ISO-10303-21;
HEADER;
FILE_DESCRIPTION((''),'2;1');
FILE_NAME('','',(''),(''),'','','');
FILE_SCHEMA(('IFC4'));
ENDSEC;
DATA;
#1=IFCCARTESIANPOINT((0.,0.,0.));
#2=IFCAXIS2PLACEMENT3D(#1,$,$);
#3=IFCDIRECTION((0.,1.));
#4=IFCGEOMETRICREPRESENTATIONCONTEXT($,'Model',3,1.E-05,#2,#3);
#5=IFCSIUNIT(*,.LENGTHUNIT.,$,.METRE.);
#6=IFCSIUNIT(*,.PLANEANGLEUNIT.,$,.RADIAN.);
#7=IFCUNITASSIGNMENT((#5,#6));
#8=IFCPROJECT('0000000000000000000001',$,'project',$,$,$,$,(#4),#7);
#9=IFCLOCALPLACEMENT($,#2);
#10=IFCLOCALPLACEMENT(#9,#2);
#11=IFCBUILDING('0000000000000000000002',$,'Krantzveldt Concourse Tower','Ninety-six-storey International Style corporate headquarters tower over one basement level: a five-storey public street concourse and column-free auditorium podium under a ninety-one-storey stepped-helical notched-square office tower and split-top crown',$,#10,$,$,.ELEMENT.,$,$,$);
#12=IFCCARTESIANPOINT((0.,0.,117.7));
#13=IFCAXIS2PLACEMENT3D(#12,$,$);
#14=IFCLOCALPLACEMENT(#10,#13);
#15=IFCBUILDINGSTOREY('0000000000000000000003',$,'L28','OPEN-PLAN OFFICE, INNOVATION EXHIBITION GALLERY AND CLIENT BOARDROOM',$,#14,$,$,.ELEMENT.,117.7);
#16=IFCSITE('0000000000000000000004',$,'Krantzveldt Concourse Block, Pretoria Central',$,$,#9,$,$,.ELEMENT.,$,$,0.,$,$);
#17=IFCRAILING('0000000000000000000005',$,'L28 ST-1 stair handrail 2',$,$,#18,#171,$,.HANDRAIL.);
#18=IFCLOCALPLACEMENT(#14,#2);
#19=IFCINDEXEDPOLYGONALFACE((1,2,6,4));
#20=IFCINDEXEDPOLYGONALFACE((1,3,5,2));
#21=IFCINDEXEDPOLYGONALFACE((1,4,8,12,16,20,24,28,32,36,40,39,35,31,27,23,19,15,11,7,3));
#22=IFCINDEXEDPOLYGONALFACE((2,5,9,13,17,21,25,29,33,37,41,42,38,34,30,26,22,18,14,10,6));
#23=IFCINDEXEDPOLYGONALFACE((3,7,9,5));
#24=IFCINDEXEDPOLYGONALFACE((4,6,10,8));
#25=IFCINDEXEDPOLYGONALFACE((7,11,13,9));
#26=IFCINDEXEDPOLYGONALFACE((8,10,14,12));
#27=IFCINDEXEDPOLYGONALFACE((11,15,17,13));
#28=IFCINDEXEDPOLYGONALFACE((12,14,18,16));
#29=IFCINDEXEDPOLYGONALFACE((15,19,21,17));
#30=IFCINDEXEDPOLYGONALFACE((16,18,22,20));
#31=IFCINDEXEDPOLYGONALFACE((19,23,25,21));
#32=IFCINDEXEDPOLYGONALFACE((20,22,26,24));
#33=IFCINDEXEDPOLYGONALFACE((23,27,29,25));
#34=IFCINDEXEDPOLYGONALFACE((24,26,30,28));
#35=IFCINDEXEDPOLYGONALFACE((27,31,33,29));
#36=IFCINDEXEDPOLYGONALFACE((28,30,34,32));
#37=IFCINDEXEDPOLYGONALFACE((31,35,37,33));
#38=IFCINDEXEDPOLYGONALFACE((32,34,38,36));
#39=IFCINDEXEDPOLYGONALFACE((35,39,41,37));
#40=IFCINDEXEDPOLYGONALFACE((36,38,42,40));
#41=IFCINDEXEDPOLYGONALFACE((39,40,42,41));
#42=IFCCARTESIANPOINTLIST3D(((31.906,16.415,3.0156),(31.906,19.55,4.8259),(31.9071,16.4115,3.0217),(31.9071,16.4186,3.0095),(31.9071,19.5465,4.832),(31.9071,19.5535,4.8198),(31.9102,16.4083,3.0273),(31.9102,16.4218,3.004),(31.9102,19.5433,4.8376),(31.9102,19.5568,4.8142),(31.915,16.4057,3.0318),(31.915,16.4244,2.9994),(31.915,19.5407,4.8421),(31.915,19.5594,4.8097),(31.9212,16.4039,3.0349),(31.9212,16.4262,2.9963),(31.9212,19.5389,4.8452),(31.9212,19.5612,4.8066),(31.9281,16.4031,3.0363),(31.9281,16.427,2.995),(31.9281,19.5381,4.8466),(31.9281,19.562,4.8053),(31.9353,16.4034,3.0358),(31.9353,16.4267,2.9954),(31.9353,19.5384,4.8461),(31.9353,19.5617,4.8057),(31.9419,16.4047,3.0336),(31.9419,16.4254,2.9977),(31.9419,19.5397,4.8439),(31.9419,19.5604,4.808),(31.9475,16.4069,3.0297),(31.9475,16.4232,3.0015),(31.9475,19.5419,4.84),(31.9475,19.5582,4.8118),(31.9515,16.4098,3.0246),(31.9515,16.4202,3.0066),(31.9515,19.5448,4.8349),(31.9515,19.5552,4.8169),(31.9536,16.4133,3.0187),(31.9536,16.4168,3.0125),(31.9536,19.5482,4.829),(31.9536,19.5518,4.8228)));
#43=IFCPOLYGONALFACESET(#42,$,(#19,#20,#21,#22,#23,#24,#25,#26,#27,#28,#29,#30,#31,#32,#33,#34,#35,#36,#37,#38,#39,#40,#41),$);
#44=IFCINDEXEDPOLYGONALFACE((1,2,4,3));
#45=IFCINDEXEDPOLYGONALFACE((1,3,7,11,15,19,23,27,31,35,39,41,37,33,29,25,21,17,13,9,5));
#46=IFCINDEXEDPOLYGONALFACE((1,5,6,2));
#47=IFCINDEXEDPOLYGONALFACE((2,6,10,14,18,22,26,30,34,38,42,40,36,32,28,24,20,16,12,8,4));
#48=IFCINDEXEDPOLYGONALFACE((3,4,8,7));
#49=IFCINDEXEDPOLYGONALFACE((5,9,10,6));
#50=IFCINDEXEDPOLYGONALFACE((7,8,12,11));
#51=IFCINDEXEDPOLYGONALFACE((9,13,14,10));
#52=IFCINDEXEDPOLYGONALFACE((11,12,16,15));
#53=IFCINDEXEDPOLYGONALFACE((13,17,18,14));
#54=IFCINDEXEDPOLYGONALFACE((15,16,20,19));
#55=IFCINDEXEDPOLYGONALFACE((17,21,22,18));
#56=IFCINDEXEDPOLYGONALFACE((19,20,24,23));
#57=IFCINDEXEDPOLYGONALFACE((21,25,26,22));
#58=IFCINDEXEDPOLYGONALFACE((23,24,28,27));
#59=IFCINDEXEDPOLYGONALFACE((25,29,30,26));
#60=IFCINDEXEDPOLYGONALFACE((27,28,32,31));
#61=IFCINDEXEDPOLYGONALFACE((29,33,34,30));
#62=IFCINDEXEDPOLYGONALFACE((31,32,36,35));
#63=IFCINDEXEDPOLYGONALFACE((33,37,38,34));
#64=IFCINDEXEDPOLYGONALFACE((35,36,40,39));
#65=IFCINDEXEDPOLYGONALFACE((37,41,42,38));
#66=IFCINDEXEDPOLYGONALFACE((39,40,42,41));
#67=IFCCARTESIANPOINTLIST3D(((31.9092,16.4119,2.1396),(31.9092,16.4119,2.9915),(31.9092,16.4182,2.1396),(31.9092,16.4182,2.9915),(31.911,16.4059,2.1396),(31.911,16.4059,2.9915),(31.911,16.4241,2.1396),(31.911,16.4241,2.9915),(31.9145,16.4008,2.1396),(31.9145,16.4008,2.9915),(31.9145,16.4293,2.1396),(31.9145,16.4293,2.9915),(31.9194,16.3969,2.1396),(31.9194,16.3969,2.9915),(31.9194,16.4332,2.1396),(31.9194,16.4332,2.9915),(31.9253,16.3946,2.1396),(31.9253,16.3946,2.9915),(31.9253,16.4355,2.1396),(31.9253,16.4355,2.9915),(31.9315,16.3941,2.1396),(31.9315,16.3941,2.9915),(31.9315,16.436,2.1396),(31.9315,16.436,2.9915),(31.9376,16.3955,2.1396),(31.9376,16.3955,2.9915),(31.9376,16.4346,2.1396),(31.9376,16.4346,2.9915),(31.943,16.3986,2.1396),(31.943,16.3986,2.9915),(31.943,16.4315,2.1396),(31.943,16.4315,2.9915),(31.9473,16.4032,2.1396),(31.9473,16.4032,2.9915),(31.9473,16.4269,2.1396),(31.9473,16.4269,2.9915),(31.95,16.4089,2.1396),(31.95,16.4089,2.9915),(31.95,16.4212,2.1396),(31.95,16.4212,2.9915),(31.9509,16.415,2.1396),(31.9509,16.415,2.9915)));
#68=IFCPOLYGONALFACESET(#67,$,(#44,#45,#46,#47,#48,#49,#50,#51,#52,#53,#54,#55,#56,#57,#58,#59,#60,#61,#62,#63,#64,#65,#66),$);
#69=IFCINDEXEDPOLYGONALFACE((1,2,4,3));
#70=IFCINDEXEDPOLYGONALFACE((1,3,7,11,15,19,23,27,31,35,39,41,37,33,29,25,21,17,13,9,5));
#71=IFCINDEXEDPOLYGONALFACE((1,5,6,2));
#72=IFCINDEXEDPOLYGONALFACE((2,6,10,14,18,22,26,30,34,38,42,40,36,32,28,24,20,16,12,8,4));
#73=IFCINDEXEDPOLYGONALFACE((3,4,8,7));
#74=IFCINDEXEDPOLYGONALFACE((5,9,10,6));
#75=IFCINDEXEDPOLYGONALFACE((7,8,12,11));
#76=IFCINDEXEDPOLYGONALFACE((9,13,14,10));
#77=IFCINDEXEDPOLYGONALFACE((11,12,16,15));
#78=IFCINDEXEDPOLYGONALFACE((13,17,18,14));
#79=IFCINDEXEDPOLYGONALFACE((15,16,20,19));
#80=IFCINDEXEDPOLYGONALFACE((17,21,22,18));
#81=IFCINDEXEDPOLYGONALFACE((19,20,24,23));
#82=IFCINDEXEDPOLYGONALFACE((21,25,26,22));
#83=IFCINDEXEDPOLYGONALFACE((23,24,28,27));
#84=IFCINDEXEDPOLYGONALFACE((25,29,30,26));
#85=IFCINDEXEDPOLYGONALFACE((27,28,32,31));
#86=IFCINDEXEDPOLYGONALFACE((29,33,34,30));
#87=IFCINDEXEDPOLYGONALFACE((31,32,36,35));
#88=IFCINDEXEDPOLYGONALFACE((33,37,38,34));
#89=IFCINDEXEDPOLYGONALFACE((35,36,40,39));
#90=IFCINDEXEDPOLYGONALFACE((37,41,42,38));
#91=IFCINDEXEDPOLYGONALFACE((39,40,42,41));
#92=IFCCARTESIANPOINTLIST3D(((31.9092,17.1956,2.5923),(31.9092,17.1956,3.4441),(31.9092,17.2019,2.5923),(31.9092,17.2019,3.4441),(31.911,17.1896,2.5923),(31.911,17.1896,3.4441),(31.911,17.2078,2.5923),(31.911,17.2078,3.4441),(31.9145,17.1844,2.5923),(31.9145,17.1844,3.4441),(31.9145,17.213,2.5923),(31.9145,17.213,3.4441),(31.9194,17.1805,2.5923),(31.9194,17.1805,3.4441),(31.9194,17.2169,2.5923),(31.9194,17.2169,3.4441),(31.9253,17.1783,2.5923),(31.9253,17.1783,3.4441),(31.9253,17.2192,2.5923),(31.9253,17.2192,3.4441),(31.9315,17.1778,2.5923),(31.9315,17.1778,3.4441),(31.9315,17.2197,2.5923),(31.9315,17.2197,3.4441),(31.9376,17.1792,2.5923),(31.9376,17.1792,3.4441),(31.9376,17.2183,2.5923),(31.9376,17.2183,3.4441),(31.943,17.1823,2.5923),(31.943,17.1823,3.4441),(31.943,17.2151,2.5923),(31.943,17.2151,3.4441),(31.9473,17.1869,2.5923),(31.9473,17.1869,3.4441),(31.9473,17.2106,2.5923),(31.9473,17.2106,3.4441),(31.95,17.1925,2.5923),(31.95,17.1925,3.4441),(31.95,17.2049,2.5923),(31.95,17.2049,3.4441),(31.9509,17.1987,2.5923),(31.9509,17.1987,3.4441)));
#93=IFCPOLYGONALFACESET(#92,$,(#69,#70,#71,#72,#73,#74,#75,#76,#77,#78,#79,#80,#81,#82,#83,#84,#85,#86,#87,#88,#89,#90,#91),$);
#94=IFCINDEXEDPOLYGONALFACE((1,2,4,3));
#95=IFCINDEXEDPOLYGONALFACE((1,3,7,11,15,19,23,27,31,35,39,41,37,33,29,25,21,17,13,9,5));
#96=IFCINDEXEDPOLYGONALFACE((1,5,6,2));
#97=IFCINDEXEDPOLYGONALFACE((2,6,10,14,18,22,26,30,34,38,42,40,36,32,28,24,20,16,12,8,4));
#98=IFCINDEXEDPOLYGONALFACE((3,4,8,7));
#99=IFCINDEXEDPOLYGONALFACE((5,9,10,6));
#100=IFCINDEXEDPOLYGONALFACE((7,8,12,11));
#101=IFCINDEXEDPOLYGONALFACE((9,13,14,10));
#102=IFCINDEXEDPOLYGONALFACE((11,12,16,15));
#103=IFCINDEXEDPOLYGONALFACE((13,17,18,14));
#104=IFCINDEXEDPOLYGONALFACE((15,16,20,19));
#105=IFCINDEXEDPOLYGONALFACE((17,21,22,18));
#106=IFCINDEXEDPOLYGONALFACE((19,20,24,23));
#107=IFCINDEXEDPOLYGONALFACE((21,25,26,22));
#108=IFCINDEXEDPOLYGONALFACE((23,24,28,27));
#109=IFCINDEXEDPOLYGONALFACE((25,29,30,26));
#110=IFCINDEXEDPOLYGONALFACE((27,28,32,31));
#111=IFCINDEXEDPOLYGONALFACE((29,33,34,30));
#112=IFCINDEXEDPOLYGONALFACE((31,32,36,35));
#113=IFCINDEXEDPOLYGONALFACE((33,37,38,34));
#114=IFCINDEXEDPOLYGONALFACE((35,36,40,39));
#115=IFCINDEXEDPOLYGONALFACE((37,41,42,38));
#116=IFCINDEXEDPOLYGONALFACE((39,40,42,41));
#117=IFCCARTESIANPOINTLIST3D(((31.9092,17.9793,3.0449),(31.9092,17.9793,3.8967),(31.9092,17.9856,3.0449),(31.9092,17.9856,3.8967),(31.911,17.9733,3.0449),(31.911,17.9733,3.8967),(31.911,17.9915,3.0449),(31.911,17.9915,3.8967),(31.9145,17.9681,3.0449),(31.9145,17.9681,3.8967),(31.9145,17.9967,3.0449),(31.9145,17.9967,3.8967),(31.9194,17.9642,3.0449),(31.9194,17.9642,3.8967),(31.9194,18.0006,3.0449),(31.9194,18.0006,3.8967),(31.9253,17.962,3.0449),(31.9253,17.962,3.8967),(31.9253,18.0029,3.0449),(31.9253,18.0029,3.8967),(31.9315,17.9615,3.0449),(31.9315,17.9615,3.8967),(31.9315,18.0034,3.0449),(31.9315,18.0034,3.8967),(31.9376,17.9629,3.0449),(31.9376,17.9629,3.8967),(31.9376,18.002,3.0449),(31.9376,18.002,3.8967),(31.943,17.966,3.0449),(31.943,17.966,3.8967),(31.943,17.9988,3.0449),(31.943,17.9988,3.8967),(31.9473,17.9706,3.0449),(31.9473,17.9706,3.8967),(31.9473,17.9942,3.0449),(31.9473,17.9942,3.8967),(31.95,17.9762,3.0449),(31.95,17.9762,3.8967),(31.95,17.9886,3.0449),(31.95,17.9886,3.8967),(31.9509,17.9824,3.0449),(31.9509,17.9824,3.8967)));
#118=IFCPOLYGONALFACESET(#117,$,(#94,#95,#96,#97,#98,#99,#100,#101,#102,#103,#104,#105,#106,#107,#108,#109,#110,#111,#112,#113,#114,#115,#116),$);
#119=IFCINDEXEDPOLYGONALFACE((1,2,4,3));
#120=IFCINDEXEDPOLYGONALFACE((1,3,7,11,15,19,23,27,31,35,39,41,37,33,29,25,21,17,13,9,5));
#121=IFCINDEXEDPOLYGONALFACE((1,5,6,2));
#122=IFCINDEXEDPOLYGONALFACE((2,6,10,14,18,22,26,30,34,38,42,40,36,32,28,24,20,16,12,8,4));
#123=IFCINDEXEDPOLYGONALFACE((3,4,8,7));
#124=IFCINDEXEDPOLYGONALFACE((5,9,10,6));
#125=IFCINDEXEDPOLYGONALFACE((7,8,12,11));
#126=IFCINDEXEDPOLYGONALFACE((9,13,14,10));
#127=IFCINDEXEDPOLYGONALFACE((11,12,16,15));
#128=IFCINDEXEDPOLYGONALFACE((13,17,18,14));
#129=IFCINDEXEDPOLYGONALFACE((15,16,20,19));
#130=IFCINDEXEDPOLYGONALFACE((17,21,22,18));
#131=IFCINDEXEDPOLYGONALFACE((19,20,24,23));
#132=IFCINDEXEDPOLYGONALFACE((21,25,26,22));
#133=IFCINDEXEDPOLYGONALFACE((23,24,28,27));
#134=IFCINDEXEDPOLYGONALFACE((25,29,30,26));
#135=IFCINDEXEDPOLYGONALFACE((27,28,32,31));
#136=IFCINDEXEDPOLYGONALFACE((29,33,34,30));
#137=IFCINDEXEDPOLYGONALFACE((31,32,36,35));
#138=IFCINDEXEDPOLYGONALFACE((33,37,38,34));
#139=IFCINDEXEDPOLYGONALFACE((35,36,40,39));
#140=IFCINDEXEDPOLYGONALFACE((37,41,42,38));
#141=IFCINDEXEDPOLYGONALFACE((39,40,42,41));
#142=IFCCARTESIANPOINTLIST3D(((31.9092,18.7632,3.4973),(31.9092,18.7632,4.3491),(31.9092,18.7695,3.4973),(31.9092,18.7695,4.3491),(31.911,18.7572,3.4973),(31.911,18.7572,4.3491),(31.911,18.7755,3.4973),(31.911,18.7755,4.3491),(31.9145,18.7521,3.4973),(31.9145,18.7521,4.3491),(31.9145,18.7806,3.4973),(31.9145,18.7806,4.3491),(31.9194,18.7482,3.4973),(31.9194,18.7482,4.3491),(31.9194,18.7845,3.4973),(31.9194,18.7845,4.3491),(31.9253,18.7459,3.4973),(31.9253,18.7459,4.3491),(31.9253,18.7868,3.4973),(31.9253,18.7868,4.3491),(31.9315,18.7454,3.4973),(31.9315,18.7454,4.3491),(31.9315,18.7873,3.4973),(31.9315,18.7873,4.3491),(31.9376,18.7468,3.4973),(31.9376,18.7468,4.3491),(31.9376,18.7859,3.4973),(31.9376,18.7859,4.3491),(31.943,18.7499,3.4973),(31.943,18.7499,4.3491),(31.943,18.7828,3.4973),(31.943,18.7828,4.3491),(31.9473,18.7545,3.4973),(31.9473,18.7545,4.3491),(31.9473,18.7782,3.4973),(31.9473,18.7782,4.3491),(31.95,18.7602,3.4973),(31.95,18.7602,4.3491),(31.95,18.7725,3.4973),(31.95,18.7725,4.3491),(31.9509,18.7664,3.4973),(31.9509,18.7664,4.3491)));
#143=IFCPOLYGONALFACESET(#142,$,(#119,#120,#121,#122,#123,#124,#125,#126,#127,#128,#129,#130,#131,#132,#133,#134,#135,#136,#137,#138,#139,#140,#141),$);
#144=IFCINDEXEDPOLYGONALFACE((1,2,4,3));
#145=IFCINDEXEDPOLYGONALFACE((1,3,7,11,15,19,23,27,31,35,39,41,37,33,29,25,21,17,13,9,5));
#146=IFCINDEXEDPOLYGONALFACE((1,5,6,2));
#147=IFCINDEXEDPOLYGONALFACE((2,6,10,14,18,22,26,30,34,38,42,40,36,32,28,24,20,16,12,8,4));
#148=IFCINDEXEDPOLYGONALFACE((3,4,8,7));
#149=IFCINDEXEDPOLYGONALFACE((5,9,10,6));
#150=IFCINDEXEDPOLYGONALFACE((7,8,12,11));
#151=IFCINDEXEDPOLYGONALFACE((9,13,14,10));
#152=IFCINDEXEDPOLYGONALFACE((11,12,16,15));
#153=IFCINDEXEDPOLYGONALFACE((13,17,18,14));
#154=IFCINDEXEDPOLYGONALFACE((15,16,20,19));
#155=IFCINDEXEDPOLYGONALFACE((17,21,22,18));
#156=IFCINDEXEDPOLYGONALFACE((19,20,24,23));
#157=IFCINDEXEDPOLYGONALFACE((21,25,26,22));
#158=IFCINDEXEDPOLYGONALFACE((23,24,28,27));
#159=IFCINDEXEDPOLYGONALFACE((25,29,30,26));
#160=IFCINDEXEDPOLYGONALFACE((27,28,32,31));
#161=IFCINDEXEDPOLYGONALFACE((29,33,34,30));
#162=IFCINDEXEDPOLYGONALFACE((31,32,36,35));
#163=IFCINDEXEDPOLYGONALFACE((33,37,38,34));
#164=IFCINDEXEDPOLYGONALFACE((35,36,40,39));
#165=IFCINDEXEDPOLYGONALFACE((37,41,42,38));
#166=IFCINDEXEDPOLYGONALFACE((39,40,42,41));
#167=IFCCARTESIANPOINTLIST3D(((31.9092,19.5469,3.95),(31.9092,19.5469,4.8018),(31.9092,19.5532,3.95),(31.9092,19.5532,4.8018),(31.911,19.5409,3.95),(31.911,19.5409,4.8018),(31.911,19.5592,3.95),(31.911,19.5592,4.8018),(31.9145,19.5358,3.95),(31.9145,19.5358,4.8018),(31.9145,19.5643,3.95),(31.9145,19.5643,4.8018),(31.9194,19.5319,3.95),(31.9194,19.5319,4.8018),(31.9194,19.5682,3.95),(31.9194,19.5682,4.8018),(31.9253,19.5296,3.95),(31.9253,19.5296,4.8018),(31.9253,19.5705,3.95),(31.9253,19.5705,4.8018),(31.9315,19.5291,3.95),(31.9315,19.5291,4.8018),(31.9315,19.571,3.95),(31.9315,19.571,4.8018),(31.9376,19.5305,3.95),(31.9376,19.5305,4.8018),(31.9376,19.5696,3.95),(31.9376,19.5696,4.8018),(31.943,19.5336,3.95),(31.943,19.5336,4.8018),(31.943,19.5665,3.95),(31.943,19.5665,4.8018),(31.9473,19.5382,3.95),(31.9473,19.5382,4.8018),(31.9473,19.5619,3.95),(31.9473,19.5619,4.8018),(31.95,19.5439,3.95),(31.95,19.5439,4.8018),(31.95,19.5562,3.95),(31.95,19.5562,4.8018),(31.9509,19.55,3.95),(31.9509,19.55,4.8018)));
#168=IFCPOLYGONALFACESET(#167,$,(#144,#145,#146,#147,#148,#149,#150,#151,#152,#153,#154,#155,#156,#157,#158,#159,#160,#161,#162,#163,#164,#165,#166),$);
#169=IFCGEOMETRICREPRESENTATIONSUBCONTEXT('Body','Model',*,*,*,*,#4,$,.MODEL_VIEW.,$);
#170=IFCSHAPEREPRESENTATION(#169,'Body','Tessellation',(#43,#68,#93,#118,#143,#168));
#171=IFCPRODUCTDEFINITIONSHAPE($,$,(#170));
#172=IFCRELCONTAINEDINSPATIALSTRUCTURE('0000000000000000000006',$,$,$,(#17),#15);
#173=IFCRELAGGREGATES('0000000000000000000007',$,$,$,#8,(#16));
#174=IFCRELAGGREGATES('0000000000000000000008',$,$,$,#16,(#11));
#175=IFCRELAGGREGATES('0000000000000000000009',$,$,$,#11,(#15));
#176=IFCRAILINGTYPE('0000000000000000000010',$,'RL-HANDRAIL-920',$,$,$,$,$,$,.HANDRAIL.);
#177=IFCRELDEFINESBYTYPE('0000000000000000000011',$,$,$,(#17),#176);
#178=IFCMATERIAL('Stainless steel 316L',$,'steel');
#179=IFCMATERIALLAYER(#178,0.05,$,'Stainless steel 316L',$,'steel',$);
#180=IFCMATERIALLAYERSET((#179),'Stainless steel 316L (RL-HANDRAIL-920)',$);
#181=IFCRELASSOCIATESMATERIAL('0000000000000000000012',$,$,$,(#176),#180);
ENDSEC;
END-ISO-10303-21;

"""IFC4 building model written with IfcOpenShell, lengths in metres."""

from ifc_helpers import new_model, si_unit, direction, frame, origin, origin_2d, place, context, subcontext, project, spatial, circle, extrude, material, layer, layer_set, type_object, element, save


model = new_model("IFC4")

# Units and contexts
model_context = context("Model", 3, precision=1e-05, world=origin(), true_north=direction((0.0, 1.0)))
body_context = subcontext(model_context, "Body", "Model", "MODEL_VIEW")
ifc_project = project(units=[si_unit("LENGTHUNIT", "METRE"), si_unit("PLANEANGLEUNIT", "RADIAN")], contexts=[model_context])

# Site, building, storey
site_placement = place(None, origin())
site = spatial("IfcSite", under=ifc_project, at=site_placement, Name="Krantzveldt Concourse Block, Pretoria Central", CompositionType="ELEMENT", RefElevation=0.0)
building_placement = place(site_placement, origin())
building = spatial("IfcBuilding", under=site, at=building_placement, Name="Krantzveldt Concourse Tower", Description="Ninety-six-storey International Style corporate headquarters tower over one basement level: a five-storey public street concourse and column-free auditorium podium under a ninety-one-storey stepped-helical notched-square office tower and split-top crown", CompositionType="ELEMENT")
storey_placement = place(building_placement, frame((0.0, 0.0, 117.7)))
storey = spatial("IfcBuildingStorey", under=building, at=storey_placement, Name="L28", Description="OPEN-PLAN OFFICE, INNOVATION EXHIBITION GALLERY AND CLIENT BOARDROOM", CompositionType="ELEMENT", Elevation=117.7)

# Shared definitions
ifc_material_1 = material(Name="Stainless steel 316L", Category="steel")

# Railing
ifc_layer_1 = layer(ifc_material_1, 0.05, Name="Stainless steel 316L", Category="steel")
ifc_layer_set_1 = layer_set([ifc_layer_1], Name="Stainless steel 316L (RL-HANDRAIL-920)")
railing_type_1 = type_object("IfcRailingType", Name="RL-HANDRAIL-920", PredefinedType="HANDRAIL", material=ifc_layer_set_1)
railing_1_placement = place(storey_placement, frame((31.9299, 16.415, 2.1396)))
element("IfcRailing", 1, at=railing_1_placement, inside=storey, type_object=railing_type_1, Name="L28 ST-1 stair handrail 2", PredefinedType="HANDRAIL", context=body_context, shape_type="SweptSolid", body=[
    extrude(circle(Radius=0.0239, at=origin_2d()), frame((0.0, 0.0, 0.876), z_axis=(0.0, 0.865989, 0.500063), x_axis=(-1.0, 0.0, 0.0)), (0.0, 0.0, 1.0), 3.6201),
    extrude(circle(Radius=0.021, at=origin_2d()), origin(), (0.0, 0.0, 1.0), 0.8518),
    extrude(circle(Radius=0.021, at=origin_2d()), frame((0.0, 0.7837, 0.4526)), (0.0, 0.0, 1.0), 0.8518),
    extrude(circle(Radius=0.021, at=origin_2d()), frame((0.0, 1.5674, 0.9053)), (0.0, 0.0, 1.0), 0.8518),
    extrude(circle(Radius=0.021, at=origin_2d()), frame((0.0, 2.3513, 1.3577)), (0.0, 0.0, 1.0), 0.8518),
    extrude(circle(Radius=0.021, at=origin_2d()), frame((0.0, 3.135, 1.8103)), (0.0, 0.0, 1.0), 0.8518),
])

save(model, "model.ifc")
